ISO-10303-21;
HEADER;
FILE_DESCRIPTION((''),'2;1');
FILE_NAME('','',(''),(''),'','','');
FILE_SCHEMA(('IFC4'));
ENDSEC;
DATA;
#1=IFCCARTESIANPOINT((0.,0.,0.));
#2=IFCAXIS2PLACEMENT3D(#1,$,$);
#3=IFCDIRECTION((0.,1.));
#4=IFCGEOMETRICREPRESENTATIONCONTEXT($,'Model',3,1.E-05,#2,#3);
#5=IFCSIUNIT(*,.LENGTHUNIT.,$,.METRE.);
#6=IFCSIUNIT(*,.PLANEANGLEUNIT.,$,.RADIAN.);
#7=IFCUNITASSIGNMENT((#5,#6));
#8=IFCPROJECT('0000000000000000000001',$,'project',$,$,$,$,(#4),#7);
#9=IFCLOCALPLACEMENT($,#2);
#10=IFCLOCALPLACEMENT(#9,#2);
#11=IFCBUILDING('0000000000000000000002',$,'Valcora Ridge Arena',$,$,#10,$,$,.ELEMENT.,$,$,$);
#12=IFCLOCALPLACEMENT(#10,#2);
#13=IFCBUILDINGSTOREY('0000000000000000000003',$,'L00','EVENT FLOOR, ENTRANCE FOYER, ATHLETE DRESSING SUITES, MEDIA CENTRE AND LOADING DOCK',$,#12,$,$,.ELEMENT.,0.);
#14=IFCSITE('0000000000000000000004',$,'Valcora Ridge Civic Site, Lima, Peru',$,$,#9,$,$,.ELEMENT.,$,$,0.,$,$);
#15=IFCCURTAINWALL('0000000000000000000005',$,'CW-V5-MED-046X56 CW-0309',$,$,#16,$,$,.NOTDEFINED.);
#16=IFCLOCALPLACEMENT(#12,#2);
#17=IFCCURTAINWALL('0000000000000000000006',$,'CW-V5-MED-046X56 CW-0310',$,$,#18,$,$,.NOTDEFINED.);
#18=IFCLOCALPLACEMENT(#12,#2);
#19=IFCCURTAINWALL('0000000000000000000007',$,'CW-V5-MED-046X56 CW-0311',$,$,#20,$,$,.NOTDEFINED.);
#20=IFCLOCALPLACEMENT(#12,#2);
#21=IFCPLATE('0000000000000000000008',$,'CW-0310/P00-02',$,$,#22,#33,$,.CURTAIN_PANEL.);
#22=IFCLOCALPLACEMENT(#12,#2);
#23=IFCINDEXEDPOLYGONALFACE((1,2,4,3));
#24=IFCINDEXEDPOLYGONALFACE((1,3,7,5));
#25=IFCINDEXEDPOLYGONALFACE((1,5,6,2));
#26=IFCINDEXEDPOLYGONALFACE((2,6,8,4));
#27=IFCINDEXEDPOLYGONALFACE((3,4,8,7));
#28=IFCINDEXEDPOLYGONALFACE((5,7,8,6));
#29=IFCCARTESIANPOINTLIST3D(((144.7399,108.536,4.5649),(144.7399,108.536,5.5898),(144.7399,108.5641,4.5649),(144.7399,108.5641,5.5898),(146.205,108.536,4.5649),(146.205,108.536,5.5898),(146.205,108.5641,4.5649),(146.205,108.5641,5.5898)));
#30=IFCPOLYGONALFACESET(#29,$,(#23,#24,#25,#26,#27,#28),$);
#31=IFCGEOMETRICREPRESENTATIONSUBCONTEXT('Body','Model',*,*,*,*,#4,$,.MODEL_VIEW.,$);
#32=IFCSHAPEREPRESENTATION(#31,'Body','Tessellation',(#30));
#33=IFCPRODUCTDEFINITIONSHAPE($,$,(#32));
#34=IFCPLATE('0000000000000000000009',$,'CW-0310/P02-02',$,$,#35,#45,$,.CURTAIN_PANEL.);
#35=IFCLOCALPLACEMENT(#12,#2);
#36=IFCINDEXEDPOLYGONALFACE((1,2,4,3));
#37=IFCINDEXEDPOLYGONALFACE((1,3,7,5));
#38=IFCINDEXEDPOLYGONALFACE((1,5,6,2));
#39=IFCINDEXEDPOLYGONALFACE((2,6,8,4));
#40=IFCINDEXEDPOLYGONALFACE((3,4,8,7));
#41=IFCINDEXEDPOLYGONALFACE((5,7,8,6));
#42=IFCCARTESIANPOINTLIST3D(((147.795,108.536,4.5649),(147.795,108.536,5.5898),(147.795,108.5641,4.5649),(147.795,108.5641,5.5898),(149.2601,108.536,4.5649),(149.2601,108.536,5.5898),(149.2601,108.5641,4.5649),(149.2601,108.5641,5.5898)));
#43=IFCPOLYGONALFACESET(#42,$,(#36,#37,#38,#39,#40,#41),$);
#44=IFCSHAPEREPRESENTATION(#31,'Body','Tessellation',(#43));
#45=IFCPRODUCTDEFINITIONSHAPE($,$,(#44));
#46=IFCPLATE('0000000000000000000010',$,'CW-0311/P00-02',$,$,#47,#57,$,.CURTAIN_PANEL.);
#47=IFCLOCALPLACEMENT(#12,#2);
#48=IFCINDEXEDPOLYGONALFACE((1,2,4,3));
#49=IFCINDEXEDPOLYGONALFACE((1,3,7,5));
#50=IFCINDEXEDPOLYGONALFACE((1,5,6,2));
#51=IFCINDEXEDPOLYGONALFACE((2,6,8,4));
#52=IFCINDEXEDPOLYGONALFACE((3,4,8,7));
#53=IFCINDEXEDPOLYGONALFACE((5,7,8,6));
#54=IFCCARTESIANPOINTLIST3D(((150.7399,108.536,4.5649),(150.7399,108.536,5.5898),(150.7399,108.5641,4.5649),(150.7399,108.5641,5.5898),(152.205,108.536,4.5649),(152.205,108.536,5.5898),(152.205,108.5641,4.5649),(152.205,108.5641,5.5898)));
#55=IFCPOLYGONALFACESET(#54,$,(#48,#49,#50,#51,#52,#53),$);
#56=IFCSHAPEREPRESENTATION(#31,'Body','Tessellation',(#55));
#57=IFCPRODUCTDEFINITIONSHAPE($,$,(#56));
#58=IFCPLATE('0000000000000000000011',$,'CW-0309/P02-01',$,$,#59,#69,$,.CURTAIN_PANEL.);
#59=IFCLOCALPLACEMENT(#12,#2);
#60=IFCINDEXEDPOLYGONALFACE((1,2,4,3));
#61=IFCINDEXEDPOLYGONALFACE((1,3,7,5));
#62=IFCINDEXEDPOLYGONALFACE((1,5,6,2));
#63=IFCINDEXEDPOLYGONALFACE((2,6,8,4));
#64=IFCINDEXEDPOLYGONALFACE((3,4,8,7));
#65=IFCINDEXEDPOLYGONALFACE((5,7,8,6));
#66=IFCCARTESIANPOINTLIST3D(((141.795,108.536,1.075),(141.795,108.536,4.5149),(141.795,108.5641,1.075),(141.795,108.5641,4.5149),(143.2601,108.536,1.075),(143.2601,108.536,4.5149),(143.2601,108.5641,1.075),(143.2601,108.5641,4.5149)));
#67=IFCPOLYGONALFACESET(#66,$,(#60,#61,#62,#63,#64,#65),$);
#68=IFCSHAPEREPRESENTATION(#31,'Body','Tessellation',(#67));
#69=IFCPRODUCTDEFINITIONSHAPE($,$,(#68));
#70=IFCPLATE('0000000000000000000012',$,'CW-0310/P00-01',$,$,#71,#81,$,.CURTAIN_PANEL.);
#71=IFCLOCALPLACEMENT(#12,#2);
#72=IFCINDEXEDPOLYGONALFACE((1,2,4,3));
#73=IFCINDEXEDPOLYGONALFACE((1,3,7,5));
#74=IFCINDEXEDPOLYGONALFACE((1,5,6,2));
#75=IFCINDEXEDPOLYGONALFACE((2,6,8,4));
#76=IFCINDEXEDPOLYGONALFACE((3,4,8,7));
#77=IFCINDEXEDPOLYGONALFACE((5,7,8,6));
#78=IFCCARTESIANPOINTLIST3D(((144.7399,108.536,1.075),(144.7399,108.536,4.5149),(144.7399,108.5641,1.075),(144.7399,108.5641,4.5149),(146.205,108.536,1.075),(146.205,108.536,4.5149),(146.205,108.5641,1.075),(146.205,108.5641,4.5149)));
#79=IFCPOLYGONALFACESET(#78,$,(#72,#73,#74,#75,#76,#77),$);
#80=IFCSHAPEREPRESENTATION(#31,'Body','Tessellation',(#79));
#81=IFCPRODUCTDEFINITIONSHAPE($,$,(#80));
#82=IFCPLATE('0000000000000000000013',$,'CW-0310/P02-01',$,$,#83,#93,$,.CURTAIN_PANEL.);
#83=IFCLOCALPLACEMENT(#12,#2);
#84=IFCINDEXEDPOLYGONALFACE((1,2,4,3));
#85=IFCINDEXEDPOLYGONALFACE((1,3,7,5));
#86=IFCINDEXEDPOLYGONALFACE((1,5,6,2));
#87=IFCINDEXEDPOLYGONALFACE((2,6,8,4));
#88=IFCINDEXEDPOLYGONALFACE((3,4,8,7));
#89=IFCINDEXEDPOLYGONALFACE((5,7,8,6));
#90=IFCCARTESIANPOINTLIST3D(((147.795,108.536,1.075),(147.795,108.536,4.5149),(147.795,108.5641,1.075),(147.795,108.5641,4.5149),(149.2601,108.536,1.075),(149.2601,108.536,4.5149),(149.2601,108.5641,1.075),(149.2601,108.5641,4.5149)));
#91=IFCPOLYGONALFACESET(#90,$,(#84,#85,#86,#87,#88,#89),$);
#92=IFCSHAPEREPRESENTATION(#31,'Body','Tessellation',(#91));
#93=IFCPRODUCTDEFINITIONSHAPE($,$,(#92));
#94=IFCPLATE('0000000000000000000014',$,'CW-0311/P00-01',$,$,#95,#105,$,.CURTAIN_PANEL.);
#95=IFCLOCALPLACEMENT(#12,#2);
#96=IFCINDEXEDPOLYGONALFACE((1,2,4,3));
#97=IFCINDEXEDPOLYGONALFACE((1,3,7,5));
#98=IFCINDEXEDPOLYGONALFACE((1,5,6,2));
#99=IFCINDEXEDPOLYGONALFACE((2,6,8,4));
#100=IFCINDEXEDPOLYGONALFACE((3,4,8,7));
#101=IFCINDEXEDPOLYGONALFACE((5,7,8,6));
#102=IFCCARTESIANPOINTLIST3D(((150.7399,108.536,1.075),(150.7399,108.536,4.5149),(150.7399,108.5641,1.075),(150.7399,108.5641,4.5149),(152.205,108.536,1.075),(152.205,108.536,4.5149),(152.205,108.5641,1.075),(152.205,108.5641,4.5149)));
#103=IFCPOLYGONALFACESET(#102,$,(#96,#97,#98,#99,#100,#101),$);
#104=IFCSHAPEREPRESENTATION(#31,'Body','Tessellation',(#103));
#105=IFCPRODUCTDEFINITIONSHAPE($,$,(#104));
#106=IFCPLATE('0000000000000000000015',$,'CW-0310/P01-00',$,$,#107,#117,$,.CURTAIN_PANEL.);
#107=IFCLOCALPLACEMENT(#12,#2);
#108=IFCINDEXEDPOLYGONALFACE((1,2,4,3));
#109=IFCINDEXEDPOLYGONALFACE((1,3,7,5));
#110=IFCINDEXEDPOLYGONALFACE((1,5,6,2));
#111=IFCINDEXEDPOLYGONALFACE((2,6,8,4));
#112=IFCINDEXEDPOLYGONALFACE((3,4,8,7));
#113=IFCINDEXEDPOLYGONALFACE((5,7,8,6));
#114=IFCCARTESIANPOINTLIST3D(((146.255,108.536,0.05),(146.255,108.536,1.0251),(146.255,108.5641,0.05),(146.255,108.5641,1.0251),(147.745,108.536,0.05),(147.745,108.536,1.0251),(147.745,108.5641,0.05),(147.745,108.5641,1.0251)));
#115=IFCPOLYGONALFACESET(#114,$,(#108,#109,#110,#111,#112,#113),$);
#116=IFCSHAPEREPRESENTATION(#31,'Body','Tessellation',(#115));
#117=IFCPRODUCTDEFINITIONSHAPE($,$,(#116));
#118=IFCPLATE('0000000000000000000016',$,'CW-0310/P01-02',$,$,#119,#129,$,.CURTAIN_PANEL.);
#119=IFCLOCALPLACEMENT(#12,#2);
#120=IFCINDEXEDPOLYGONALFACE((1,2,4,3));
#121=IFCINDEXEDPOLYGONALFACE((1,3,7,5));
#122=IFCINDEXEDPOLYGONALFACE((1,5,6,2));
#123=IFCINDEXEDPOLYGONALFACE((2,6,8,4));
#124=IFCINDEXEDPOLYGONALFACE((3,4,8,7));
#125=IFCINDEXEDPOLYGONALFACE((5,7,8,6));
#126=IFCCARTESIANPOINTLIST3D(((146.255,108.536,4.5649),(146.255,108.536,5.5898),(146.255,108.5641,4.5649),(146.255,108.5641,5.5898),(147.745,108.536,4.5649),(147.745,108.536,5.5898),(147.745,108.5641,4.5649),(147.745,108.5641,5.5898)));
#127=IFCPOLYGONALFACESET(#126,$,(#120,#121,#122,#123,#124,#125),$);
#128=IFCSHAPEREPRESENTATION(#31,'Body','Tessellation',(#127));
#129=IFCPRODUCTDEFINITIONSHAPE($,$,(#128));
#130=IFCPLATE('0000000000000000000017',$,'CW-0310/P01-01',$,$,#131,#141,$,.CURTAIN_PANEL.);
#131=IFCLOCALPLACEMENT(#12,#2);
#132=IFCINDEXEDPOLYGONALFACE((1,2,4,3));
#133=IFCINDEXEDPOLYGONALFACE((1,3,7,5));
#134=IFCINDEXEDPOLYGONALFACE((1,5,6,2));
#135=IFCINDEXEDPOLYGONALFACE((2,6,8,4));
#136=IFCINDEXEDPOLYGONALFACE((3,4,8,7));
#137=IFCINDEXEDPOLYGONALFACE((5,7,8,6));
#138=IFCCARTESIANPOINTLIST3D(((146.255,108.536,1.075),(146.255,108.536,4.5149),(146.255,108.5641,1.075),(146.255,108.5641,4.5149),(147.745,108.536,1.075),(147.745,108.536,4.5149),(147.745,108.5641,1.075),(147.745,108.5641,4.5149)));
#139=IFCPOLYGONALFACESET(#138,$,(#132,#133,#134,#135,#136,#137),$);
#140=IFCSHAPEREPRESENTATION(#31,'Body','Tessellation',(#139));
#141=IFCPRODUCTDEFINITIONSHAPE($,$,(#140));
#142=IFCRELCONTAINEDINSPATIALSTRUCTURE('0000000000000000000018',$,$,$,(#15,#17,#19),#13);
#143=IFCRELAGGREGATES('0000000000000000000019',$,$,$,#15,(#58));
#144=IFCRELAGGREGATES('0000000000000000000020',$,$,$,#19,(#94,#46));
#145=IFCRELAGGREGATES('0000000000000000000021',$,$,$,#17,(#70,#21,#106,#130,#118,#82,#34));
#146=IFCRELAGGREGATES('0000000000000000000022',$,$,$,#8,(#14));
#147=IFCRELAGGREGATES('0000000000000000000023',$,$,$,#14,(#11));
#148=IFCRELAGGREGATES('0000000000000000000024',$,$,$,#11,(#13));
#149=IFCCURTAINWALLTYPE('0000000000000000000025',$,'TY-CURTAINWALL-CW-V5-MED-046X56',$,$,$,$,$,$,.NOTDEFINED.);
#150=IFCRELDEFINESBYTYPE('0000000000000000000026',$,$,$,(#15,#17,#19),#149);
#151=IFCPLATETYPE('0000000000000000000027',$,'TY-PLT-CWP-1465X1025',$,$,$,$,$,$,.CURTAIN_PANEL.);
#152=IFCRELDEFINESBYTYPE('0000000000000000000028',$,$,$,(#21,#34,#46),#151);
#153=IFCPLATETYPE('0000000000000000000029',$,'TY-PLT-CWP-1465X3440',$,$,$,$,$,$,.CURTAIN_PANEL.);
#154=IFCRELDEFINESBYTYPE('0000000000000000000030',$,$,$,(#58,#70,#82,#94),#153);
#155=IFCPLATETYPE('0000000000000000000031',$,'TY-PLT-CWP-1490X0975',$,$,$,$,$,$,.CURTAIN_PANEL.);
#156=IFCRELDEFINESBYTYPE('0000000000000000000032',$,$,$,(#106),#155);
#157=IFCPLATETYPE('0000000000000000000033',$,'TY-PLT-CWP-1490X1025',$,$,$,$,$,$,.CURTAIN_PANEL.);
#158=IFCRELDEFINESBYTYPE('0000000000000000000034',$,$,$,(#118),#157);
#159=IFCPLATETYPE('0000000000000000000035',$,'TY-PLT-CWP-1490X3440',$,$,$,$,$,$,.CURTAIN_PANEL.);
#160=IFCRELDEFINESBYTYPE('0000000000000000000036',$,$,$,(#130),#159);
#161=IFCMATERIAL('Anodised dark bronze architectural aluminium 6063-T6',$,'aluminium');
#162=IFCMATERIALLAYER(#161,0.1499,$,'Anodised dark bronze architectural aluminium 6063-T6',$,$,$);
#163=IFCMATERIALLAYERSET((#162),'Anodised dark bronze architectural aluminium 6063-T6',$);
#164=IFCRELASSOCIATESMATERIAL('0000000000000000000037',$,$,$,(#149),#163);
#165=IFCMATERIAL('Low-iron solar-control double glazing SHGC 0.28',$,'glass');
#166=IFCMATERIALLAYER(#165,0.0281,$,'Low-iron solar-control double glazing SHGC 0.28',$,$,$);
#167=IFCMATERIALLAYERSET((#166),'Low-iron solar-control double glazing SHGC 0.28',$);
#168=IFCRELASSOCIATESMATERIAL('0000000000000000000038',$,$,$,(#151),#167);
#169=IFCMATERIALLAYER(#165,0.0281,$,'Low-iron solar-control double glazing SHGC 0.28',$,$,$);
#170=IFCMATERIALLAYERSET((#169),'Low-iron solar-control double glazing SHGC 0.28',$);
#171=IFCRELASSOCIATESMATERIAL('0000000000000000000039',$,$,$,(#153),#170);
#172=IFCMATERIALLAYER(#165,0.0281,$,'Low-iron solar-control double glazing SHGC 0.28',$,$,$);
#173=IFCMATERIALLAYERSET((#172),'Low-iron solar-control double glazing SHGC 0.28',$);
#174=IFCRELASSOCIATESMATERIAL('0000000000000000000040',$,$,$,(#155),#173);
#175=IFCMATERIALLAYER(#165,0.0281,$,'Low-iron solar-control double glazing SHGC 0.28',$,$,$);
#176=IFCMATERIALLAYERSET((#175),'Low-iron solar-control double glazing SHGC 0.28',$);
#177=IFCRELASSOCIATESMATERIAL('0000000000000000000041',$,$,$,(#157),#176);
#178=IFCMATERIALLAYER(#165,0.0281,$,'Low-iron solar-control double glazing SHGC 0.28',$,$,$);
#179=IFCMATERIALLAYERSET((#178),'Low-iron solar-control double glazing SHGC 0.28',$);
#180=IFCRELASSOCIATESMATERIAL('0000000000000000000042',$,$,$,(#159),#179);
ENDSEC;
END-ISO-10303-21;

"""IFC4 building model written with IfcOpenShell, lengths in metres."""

from ifc_helpers import new_model, si_unit, direction, frame, origin, origin_2d, place, context, subcontext, project, spatial, rectangle, extrude, material, layer, layer_set, type_object, element, aggregate, save


model = new_model("IFC4")

# Units and contexts
model_context = context("Model", 3, precision=1e-05, world=origin(), true_north=direction((0.0, 1.0)))
body_context = subcontext(model_context, "Body", "Model", "MODEL_VIEW")
ifc_project = project(units=[si_unit("LENGTHUNIT", "METRE"), si_unit("PLANEANGLEUNIT", "RADIAN")], contexts=[model_context])

# Site, building, storey
site_placement = place(None, origin())
site = spatial("IfcSite", under=ifc_project, at=site_placement, Name="Valcora Ridge Civic Site, Lima, Peru", CompositionType="ELEMENT", RefElevation=0.0)
building_placement = place(site_placement, origin())
building = spatial("IfcBuilding", under=site, at=building_placement, Name="Valcora Ridge Arena", CompositionType="ELEMENT")
storey_placement = place(building_placement, origin())
storey = spatial("IfcBuildingStorey", under=building, at=storey_placement, Name="L00", Description="EVENT FLOOR, ENTRANCE FOYER, ATHLETE DRESSING SUITES, MEDIA CENTRE AND LOADING DOCK", CompositionType="ELEMENT", Elevation=0.0)

# Curtain wall
ifc_material_1 = material(Name="Anodised dark bronze architectural aluminium 6063-T6", Category="aluminium")
ifc_layer_1 = layer(ifc_material_1, 0.1499, Name="Anodised dark bronze architectural aluminium 6063-T6")
ifc_layer_set_1 = layer_set([ifc_layer_1], Name="Anodised dark bronze architectural aluminium 6063-T6")
curtain_wall_type = type_object("IfcCurtainWallType", Name="TY-CURTAINWALL-CW-V5-MED-046X56", PredefinedType="NOTDEFINED", material=ifc_layer_set_1)
curtain_wall_1_placement = place(storey_placement, origin())
curtain_wall_1 = element("IfcCurtainWall", 1, at=curtain_wall_1_placement, inside=storey, type_object=curtain_wall_type, Name="CW-V5-MED-046X56 CW-0309", PredefinedType="NOTDEFINED")

# Curtain walls
curtain_wall_2_placement = place(storey_placement, origin())
curtain_wall_2 = element("IfcCurtainWall", 2, at=curtain_wall_2_placement, inside=storey, type_object=curtain_wall_type, Name="CW-V5-MED-046X56 CW-0310", PredefinedType="NOTDEFINED")
curtain_wall_3_placement = place(storey_placement, origin())
curtain_wall_3 = element("IfcCurtainWall", 3, at=curtain_wall_3_placement, inside=storey, type_object=curtain_wall_type, Name="CW-V5-MED-046X56 CW-0311", PredefinedType="NOTDEFINED")

# Plates
ifc_material_2 = material(Name="Low-iron solar-control double glazing SHGC 0.28", Category="glass")
ifc_layer_2 = layer(ifc_material_2, 0.0281, Name="Low-iron solar-control double glazing SHGC 0.28")
ifc_layer_set_2 = layer_set([ifc_layer_2], Name="Low-iron solar-control double glazing SHGC 0.28")
plate_type_1 = type_object("IfcPlateType", Name="TY-PLT-CWP-1465X1025", PredefinedType="CURTAIN_PANEL", material=ifc_layer_set_2)
plate_1_placement = place(storey_placement, frame((145.4724, 108.55, 4.5649), z_axis=(0.0, 0.0, 1.0), x_axis=(1.0, 0.0, 0.0)))
plate_1 = element("IfcPlate", 4, at=plate_1_placement, type_object=plate_type_1, Name="CW-0310/P00-02", PredefinedType="CURTAIN_PANEL", context=body_context, shape_type="SweptSolid", body=[
    extrude(rectangle(XDim=1.4651, YDim=0.0281, at=origin_2d()), origin(), (0.0, 0.0, 1.0), 1.0249),
])
plate_2_placement = place(storey_placement, frame((148.5276, 108.55, 4.5649), z_axis=(0.0, 0.0, 1.0), x_axis=(1.0, 0.0, 0.0)))
plate_2 = element("IfcPlate", 5, at=plate_2_placement, type_object=plate_type_1, Name="CW-0310/P02-02", PredefinedType="CURTAIN_PANEL", context=body_context, shape_type="SweptSolid", body=[
    extrude(rectangle(XDim=1.4651, YDim=0.0281, at=origin_2d()), origin(), (0.0, 0.0, 1.0), 1.0249),
])
plate_3_placement = place(storey_placement, frame((151.4724, 108.55, 4.5649), z_axis=(0.0, 0.0, 1.0), x_axis=(1.0, 0.0, 0.0)))
plate_3 = element("IfcPlate", 6, at=plate_3_placement, type_object=plate_type_1, Name="CW-0311/P00-02", PredefinedType="CURTAIN_PANEL", context=body_context, shape_type="SweptSolid", body=[
    extrude(rectangle(XDim=1.4651, YDim=0.0281, at=origin_2d()), origin(), (0.0, 0.0, 1.0), 1.0249),
])
ifc_layer_3 = layer(ifc_material_2, 0.0281, Name="Low-iron solar-control double glazing SHGC 0.28")
ifc_layer_set_3 = layer_set([ifc_layer_3], Name="Low-iron solar-control double glazing SHGC 0.28")
plate_type_2 = type_object("IfcPlateType", Name="TY-PLT-CWP-1465X3440", PredefinedType="CURTAIN_PANEL", material=ifc_layer_set_3)
plate_4_placement = place(storey_placement, frame((142.5276, 108.55, 1.075), z_axis=(0.0, 0.0, 1.0), x_axis=(1.0, 0.0, 0.0)))
plate_4 = element("IfcPlate", 7, at=plate_4_placement, type_object=plate_type_2, Name="CW-0309/P02-01", PredefinedType="CURTAIN_PANEL", context=body_context, shape_type="SweptSolid", body=[
    extrude(rectangle(XDim=1.4651, YDim=0.0281, at=origin_2d()), origin(), (0.0, 0.0, 1.0), 3.4399),
])
aggregate(curtain_wall_1, [plate_4])
plate_5_placement = place(storey_placement, frame((145.4724, 108.55, 1.075), z_axis=(0.0, 0.0, 1.0), x_axis=(1.0, 0.0, 0.0)))
plate_5 = element("IfcPlate", 8, at=plate_5_placement, type_object=plate_type_2, Name="CW-0310/P00-01", PredefinedType="CURTAIN_PANEL", context=body_context, shape_type="SweptSolid", body=[
    extrude(rectangle(XDim=1.4651, YDim=0.0281, at=origin_2d()), origin(), (0.0, 0.0, 1.0), 3.4399),
])
plate_6_placement = place(storey_placement, frame((148.5276, 108.55, 1.075), z_axis=(0.0, 0.0, 1.0), x_axis=(1.0, 0.0, 0.0)))
plate_6 = element("IfcPlate", 9, at=plate_6_placement, type_object=plate_type_2, Name="CW-0310/P02-01", PredefinedType="CURTAIN_PANEL", context=body_context, shape_type="SweptSolid", body=[
    extrude(rectangle(XDim=1.4651, YDim=0.0281, at=origin_2d()), origin(), (0.0, 0.0, 1.0), 3.4399),
])
plate_7_placement = place(storey_placement, frame((151.4724, 108.55, 1.075), z_axis=(0.0, 0.0, 1.0), x_axis=(1.0, 0.0, 0.0)))
plate_7 = element("IfcPlate", 10, at=plate_7_placement, type_object=plate_type_2, Name="CW-0311/P00-01", PredefinedType="CURTAIN_PANEL", context=body_context, shape_type="SweptSolid", body=[
    extrude(rectangle(XDim=1.4651, YDim=0.0281, at=origin_2d()), origin(), (0.0, 0.0, 1.0), 3.4399),
])
aggregate(curtain_wall_3, [plate_7, plate_3])
ifc_layer_4 = layer(ifc_material_2, 0.0281, Name="Low-iron solar-control double glazing SHGC 0.28")
ifc_layer_set_4 = layer_set([ifc_layer_4], Name="Low-iron solar-control double glazing SHGC 0.28")
plate_type_3 = type_object("IfcPlateType", Name="TY-PLT-CWP-1490X0975", PredefinedType="CURTAIN_PANEL", material=ifc_layer_set_4)
plate_8_placement = place(storey_placement, frame((147.0, 108.55, 0.05), z_axis=(0.0, 0.0, 1.0), x_axis=(1.0, 0.0, 0.0)))
plate_8 = element("IfcPlate", 11, at=plate_8_placement, type_object=plate_type_3, Name="CW-0310/P01-00", PredefinedType="CURTAIN_PANEL", context=body_context, shape_type="SweptSolid", body=[
    extrude(rectangle(XDim=1.49, YDim=0.0281, at=origin_2d()), origin(), (0.0, 0.0, 1.0), 0.9751),
])
ifc_layer_5 = layer(ifc_material_2, 0.0281, Name="Low-iron solar-control double glazing SHGC 0.28")
ifc_layer_set_5 = layer_set([ifc_layer_5], Name="Low-iron solar-control double glazing SHGC 0.28")
plate_type_4 = type_object("IfcPlateType", Name="TY-PLT-CWP-1490X1025", PredefinedType="CURTAIN_PANEL", material=ifc_layer_set_5)
plate_9_placement = place(storey_placement, frame((147.0, 108.55, 4.5649), z_axis=(0.0, 0.0, 1.0), x_axis=(1.0, 0.0, 0.0)))
plate_9 = element("IfcPlate", 12, at=plate_9_placement, type_object=plate_type_4, Name="CW-0310/P01-02", PredefinedType="CURTAIN_PANEL", context=body_context, shape_type="SweptSolid", body=[
    extrude(rectangle(XDim=1.49, YDim=0.0281, at=origin_2d()), origin(), (0.0, 0.0, 1.0), 1.0249),
])
ifc_layer_6 = layer(ifc_material_2, 0.0281, Name="Low-iron solar-control double glazing SHGC 0.28")
ifc_layer_set_6 = layer_set([ifc_layer_6], Name="Low-iron solar-control double glazing SHGC 0.28")
plate_type_5 = type_object("IfcPlateType", Name="TY-PLT-CWP-1490X3440", PredefinedType="CURTAIN_PANEL", material=ifc_layer_set_6)
plate_10_placement = place(storey_placement, frame((147.0, 108.55, 1.075), z_axis=(0.0, 0.0, 1.0), x_axis=(1.0, 0.0, 0.0)))
plate_10 = element("IfcPlate", 13, at=plate_10_placement, type_object=plate_type_5, Name="CW-0310/P01-01", PredefinedType="CURTAIN_PANEL", context=body_context, shape_type="SweptSolid", body=[
    extrude(rectangle(XDim=1.49, YDim=0.0281, at=origin_2d()), origin(), (0.0, 0.0, 1.0), 3.4399),
])
aggregate(curtain_wall_2, [plate_5, plate_1, plate_8, plate_10, plate_9, plate_6, plate_2])

save(model, "model.ifc")
